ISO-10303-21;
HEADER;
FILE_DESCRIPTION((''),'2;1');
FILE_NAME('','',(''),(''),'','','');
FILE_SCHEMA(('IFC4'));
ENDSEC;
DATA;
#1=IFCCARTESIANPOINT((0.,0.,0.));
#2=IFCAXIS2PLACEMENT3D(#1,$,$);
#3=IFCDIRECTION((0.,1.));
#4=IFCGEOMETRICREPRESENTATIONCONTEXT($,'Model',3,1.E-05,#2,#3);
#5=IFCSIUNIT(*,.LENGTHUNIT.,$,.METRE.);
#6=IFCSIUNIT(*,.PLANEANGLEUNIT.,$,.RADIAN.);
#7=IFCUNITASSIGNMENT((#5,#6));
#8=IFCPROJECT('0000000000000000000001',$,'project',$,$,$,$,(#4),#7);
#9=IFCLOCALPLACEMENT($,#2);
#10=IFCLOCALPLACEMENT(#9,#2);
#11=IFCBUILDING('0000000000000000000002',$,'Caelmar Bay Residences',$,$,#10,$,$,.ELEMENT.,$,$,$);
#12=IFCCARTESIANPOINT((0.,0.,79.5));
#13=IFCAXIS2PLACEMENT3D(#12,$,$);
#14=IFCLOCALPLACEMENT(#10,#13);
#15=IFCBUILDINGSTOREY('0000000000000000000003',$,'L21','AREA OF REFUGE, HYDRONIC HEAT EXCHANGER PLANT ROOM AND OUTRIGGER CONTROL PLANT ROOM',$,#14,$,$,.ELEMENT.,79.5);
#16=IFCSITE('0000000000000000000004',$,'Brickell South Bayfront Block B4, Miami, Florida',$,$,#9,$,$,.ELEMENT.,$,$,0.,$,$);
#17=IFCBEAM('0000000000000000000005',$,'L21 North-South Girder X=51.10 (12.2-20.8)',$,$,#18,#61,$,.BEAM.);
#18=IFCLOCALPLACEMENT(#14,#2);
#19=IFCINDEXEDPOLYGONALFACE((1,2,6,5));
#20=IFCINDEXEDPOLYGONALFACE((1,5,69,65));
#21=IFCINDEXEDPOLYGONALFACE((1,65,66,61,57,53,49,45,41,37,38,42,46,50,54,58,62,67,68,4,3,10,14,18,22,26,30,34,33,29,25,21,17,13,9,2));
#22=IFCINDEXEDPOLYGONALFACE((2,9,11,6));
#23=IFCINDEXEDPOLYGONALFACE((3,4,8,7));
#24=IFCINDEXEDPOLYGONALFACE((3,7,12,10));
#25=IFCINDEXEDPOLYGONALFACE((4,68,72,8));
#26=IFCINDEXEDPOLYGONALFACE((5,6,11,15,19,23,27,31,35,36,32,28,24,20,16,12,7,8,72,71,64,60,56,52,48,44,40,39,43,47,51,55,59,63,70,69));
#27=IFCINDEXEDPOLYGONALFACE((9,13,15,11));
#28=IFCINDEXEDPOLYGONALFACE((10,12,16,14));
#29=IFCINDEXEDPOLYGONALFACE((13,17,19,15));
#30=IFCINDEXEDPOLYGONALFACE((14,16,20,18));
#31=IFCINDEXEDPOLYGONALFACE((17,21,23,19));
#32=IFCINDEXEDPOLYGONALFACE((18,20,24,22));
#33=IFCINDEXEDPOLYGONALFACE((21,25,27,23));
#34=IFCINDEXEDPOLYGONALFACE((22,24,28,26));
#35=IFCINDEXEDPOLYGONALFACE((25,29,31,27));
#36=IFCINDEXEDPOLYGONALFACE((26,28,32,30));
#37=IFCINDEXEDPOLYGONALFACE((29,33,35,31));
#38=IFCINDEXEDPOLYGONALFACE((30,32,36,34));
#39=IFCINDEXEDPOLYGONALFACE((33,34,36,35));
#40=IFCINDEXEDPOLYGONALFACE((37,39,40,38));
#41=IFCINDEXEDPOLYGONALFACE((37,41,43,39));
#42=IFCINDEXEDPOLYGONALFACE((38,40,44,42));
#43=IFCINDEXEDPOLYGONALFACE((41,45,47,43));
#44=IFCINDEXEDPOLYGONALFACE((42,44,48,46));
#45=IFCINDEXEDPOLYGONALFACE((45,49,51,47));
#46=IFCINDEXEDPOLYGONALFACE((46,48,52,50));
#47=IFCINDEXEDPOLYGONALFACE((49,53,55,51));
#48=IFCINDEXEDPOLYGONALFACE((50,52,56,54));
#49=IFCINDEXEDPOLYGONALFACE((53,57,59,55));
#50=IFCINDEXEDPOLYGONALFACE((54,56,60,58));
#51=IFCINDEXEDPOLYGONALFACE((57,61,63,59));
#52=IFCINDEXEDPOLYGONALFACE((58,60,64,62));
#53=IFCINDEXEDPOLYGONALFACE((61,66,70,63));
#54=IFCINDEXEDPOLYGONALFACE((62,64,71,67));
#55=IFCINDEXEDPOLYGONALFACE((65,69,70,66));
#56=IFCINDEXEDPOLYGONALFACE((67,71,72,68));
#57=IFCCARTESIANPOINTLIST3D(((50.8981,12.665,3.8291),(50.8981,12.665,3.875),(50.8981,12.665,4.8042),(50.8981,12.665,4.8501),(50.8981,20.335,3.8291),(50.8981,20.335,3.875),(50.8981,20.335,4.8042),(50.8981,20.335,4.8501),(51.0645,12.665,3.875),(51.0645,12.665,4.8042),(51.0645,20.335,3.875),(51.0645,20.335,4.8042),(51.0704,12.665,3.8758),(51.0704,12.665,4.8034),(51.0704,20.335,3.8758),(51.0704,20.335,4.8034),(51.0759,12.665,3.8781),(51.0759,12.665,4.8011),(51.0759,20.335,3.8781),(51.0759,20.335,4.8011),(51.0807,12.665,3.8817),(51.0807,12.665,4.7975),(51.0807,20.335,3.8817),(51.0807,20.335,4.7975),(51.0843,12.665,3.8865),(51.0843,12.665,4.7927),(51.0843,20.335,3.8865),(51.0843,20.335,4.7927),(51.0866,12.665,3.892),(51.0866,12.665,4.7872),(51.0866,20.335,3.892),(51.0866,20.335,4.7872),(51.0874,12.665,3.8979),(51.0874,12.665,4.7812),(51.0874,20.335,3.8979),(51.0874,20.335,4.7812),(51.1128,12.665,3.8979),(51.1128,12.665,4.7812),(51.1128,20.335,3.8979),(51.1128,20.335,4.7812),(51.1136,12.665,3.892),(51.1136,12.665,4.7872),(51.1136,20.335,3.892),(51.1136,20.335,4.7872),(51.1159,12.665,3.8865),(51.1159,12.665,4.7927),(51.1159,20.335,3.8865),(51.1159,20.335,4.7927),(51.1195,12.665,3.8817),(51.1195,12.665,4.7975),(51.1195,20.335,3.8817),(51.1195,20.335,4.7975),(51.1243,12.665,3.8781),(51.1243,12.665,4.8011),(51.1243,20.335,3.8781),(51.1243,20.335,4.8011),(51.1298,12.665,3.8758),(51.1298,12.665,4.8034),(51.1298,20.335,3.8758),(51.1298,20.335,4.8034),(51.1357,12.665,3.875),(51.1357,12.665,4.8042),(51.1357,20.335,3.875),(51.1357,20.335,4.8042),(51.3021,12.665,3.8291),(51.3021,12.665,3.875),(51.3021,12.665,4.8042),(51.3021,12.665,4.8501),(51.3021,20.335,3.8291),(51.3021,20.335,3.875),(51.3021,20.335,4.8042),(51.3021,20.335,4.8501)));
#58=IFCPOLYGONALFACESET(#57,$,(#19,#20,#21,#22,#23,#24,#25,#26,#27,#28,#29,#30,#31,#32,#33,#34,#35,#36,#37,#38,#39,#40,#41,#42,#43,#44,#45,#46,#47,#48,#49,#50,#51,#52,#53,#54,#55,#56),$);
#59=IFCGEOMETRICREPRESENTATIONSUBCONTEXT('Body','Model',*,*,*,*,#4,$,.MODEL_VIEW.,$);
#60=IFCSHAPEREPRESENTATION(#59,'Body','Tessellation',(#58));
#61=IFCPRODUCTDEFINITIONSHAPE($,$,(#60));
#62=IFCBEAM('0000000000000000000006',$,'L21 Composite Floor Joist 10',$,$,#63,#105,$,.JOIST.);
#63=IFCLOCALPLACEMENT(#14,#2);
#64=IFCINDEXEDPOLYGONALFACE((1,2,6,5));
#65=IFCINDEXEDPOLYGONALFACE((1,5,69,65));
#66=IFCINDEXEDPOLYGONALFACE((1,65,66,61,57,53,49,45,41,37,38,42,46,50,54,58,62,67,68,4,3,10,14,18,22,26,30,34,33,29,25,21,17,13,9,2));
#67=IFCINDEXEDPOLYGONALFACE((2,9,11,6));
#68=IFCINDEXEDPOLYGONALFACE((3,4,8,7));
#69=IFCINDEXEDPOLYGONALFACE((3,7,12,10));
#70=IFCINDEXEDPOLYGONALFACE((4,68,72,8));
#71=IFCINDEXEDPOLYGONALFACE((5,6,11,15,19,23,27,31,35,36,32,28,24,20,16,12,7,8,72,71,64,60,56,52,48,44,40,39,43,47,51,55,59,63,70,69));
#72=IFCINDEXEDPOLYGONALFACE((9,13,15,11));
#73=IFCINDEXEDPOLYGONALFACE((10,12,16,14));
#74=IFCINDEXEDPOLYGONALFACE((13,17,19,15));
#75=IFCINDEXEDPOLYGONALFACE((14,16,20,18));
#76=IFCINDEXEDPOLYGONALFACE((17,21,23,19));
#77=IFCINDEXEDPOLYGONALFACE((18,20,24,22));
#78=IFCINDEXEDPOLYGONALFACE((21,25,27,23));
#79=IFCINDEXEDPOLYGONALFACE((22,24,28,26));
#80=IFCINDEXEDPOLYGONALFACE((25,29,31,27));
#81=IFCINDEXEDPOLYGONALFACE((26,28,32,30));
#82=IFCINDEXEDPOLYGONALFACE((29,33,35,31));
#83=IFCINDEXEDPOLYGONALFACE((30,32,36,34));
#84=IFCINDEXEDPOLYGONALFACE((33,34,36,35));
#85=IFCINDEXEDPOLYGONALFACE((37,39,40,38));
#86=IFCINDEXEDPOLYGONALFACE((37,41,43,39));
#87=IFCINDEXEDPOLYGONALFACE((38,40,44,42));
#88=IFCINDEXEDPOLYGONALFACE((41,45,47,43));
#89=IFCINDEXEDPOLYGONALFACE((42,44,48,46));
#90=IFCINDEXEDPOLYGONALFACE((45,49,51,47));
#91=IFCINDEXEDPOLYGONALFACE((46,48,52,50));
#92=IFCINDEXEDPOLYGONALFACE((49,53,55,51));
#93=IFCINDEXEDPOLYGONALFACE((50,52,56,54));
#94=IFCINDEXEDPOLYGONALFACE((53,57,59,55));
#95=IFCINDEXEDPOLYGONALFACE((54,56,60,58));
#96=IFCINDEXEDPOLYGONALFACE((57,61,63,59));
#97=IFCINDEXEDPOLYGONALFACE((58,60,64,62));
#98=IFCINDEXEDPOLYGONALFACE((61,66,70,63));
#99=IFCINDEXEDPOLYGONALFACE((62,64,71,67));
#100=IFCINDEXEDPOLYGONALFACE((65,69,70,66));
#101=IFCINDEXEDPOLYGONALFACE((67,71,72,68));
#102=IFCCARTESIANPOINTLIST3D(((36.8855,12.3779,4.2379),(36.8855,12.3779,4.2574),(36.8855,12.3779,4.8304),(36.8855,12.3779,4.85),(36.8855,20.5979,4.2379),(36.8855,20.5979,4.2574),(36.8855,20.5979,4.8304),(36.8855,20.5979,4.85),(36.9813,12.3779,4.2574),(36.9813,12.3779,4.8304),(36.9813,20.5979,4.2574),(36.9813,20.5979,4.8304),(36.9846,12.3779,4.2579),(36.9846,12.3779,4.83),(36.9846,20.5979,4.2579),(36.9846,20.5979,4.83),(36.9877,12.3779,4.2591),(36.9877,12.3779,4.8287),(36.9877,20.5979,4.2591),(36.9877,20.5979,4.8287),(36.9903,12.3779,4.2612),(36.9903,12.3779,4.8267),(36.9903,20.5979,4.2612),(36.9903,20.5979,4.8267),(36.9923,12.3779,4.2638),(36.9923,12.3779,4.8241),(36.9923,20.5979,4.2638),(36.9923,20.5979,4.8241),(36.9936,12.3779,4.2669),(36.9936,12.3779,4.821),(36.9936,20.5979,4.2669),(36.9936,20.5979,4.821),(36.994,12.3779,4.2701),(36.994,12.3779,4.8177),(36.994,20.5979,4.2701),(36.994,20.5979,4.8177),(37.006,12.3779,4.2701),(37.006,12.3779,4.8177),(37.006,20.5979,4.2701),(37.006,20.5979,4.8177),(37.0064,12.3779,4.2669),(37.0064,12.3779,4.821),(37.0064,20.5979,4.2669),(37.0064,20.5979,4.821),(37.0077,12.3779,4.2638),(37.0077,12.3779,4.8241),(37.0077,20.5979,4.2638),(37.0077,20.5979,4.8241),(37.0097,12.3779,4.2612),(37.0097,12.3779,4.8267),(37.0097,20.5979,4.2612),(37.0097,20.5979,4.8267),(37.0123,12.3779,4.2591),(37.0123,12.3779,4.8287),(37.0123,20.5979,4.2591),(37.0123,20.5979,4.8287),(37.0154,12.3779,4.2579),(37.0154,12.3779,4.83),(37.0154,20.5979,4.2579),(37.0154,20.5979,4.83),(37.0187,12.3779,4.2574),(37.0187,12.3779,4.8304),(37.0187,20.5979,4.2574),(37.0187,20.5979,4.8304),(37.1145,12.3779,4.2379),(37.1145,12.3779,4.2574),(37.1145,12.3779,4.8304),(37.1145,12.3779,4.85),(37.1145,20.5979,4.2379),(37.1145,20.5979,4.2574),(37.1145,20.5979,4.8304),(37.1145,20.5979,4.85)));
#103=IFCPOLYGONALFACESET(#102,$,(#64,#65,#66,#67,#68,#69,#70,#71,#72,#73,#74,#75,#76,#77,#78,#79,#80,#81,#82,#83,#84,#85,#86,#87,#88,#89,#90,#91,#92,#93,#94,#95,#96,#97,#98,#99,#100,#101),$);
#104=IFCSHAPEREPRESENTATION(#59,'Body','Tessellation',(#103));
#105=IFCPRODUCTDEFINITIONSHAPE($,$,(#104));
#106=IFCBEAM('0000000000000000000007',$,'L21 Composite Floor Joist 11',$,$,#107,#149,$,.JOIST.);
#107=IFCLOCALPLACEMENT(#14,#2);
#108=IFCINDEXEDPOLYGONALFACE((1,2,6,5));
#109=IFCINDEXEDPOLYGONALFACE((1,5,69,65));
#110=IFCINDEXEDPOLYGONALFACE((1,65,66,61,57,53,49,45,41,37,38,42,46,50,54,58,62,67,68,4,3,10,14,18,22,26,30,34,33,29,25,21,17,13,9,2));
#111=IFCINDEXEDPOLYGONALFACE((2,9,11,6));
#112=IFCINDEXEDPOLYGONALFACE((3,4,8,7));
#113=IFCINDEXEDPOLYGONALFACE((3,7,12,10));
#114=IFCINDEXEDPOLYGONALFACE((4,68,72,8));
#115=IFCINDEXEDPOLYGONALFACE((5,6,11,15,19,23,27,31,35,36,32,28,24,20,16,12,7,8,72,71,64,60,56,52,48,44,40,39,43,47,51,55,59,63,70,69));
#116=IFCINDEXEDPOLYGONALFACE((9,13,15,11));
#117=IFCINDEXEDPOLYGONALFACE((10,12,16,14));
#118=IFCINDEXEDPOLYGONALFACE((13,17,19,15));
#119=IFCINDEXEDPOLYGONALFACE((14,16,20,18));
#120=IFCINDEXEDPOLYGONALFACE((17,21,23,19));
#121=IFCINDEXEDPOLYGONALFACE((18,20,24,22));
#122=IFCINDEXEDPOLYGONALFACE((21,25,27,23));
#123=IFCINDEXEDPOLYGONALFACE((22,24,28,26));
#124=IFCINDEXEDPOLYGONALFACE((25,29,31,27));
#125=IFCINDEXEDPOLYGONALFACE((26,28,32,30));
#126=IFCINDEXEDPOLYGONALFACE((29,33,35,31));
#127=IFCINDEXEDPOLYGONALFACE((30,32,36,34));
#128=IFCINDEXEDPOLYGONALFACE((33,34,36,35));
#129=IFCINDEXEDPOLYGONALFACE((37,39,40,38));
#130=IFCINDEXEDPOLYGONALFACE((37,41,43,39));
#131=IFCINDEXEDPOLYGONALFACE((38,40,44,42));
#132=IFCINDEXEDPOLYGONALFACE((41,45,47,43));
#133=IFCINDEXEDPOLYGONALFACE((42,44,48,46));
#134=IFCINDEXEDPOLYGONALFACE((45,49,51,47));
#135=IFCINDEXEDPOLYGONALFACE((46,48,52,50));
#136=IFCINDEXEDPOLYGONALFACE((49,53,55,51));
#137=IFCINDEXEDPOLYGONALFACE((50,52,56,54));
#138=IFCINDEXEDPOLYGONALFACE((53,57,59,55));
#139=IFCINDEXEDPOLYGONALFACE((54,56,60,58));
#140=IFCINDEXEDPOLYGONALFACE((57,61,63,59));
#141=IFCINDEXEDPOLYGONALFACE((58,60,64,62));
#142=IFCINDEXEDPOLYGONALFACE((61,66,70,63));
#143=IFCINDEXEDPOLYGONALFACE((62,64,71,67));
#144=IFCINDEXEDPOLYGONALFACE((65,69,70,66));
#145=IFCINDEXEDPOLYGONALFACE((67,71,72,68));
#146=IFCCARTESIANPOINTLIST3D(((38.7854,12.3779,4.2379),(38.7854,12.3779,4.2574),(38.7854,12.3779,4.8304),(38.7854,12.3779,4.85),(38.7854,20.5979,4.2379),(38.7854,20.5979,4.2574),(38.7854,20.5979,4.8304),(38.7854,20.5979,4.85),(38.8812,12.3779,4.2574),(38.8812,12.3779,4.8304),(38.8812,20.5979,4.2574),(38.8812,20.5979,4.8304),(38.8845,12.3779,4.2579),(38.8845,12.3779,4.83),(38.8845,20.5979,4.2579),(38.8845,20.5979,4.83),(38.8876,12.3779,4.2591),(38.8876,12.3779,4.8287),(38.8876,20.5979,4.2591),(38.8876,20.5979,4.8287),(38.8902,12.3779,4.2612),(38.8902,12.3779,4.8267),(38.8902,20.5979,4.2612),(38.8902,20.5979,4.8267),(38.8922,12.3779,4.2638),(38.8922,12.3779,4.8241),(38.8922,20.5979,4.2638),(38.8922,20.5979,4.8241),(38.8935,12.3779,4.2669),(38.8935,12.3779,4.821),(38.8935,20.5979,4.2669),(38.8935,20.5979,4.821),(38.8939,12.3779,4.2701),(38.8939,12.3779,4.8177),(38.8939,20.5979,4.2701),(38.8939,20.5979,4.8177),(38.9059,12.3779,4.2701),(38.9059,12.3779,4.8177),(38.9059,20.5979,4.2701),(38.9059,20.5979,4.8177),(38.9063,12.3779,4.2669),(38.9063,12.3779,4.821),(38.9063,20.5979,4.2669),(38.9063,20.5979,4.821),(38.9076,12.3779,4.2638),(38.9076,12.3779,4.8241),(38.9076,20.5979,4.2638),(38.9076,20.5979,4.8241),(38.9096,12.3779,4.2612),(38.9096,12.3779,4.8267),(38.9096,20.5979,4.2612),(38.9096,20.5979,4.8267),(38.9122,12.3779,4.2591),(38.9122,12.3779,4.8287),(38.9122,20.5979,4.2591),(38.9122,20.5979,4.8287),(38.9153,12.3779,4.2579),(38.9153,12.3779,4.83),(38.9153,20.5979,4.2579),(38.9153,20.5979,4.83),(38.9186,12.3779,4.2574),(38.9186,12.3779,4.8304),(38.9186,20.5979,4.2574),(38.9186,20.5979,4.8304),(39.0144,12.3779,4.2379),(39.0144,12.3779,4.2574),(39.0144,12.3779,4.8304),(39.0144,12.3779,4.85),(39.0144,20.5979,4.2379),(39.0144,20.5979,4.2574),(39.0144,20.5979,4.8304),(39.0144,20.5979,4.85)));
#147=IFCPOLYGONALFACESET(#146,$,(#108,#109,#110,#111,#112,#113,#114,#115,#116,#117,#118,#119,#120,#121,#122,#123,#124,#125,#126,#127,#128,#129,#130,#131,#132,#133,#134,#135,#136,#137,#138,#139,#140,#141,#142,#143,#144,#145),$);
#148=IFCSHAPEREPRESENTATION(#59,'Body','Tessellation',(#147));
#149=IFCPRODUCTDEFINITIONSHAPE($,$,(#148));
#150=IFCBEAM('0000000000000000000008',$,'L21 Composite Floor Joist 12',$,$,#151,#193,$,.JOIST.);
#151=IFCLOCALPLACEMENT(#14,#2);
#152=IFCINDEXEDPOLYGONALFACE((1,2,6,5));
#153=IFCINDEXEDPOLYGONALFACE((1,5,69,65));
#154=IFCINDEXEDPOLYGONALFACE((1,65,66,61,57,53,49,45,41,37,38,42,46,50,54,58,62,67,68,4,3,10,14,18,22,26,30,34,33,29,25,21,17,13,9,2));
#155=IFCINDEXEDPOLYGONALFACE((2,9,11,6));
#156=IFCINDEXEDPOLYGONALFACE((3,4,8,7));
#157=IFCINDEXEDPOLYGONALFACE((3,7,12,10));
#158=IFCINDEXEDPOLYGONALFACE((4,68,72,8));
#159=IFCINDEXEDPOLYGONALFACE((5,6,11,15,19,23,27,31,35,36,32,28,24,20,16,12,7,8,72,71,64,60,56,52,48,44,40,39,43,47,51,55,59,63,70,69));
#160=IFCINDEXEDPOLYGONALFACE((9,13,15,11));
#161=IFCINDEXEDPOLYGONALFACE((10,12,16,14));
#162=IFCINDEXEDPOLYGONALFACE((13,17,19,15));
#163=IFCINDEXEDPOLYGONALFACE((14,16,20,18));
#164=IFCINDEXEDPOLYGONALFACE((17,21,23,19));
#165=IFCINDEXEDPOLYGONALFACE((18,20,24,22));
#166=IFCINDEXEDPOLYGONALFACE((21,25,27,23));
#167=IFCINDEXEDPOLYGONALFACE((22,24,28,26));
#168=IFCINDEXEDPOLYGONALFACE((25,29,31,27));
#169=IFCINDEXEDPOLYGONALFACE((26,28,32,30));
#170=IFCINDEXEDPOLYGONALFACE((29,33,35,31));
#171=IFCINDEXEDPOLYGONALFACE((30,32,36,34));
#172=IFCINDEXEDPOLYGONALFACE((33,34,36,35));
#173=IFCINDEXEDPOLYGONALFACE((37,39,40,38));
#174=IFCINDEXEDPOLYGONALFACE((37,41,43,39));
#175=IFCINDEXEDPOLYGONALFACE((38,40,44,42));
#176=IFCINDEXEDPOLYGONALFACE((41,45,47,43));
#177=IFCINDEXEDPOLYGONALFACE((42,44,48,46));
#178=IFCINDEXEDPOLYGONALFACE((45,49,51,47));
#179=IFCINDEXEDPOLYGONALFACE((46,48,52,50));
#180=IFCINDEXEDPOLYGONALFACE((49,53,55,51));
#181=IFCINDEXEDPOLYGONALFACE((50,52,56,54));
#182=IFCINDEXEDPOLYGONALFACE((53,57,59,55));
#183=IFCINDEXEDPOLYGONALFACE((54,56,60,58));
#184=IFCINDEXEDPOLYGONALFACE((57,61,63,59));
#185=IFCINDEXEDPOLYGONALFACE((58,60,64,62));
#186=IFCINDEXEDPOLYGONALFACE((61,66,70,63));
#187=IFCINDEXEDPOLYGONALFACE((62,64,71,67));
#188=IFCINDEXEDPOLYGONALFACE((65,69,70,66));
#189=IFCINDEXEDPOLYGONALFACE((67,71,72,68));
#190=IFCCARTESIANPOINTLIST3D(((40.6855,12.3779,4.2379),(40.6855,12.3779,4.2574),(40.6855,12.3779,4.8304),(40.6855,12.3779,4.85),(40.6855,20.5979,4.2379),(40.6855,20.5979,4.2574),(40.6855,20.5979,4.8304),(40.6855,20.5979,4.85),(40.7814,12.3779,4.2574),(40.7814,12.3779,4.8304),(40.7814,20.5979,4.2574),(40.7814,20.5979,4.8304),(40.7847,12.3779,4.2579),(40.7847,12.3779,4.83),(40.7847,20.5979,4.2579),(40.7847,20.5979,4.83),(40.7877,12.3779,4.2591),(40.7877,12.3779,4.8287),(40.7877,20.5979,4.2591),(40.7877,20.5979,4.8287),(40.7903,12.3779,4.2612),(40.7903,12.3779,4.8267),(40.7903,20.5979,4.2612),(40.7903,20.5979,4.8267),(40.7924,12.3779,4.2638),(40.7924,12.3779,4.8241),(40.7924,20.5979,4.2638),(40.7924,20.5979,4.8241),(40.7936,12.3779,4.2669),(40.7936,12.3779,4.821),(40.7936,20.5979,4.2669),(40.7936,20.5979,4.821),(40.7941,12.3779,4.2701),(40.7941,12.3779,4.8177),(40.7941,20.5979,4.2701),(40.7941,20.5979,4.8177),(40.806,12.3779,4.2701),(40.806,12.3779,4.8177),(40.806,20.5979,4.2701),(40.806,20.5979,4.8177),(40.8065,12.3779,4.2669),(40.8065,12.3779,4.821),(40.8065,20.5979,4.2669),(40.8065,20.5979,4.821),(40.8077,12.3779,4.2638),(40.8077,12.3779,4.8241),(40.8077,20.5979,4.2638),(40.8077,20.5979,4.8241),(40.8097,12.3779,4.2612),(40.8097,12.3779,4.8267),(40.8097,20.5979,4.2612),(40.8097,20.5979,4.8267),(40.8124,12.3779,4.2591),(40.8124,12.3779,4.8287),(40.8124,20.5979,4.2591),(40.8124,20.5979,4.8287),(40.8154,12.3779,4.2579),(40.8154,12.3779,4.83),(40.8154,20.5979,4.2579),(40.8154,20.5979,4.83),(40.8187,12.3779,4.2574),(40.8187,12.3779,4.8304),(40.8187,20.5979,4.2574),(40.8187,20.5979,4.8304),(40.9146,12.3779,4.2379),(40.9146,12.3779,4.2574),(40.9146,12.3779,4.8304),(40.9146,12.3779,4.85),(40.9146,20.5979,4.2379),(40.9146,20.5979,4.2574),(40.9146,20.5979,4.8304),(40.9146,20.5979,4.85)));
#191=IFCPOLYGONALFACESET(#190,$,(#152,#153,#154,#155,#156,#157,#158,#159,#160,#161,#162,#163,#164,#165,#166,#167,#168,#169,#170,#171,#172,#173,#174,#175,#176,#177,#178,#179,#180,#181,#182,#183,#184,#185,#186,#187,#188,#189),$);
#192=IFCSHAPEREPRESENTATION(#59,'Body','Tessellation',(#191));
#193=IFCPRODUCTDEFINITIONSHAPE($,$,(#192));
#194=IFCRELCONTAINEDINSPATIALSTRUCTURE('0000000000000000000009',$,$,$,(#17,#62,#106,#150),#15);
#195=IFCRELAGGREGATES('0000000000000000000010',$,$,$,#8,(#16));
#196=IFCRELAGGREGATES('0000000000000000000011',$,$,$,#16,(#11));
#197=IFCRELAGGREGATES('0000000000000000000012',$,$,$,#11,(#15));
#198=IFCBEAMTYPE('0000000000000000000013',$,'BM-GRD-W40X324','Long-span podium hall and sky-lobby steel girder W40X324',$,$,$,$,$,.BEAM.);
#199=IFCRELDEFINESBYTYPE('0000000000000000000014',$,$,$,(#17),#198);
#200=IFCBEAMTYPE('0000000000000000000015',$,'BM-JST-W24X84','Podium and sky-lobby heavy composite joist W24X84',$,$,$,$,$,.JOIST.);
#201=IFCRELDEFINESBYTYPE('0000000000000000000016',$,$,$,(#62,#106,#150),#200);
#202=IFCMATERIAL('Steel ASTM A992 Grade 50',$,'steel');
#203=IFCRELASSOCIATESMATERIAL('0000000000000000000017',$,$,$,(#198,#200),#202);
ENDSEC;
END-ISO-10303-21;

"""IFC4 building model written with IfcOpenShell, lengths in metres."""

from ifc_helpers import new_model, si_unit, direction, frame, origin, origin_2d, place, context, subcontext, project, spatial, i_section, extrude, material, material_profile, profile_set, type_object, element, save


model = new_model("IFC4")

# Units and contexts
model_context = context("Model", 3, precision=1e-05, world=origin(), true_north=direction((0.0, 1.0)))
body_context = subcontext(model_context, "Body", "Model", "MODEL_VIEW")
ifc_project = project(units=[si_unit("LENGTHUNIT", "METRE"), si_unit("PLANEANGLEUNIT", "RADIAN")], contexts=[model_context])

# Site, building, storey
site_placement = place(None, origin())
site = spatial("IfcSite", under=ifc_project, at=site_placement, Name="Brickell South Bayfront Block B4, Miami, Florida", CompositionType="ELEMENT", RefElevation=0.0)
building_placement = place(site_placement, origin())
building = spatial("IfcBuilding", under=site, at=building_placement, Name="Caelmar Bay Residences", CompositionType="ELEMENT")
storey_placement = place(building_placement, frame((0.0, 0.0, 79.5)))
storey = spatial("IfcBuildingStorey", under=building, at=storey_placement, Name="L21", Description="AREA OF REFUGE, HYDRONIC HEAT EXCHANGER PLANT ROOM AND OUTRIGGER CONTROL PLANT ROOM", CompositionType="ELEMENT", Elevation=79.5)

# Beams
ifc_material_1 = material(Name="Steel ASTM A992 Grade 50", Category="steel")
ifc_material_profile_1 = material_profile(ifc_material_1, i_section(OverallWidth=0.4041, OverallDepth=1.021, WebThickness=0.0254, FlangeThickness=0.0459, FilletRadius=0.0229, at=origin_2d()), Name="W40X324")
ifc_profile_set_1 = profile_set([ifc_material_profile_1], Name="Steel ASTM A992 Grade 50")
beam_type_1 = type_object("IfcBeamType", Name="BM-GRD-W40X324", Description="Long-span podium hall and sky-lobby steel girder W40X324", PredefinedType="BEAM", material=ifc_profile_set_1)
for number, where, z_axis, x_axis, name in (
    (1, (51.1001, 12.665, 4.3396), (0.0, 1.0, 0.0), (-1.0, 0.0, 0.0), "L21 North-South Girder X=51.10 (12.2-20.8)"),
):
    element("IfcBeam", number, at=place(storey_placement, frame(where, z_axis=z_axis, x_axis=x_axis)), inside=storey, type_object=beam_type_1, Name=name, PredefinedType="BEAM", context=body_context, shape_type="SweptSolid", body=[
        extrude(i_section(OverallWidth=0.4041, OverallDepth=1.021, WebThickness=0.0254, FlangeThickness=0.0459, FilletRadius=0.0229, at=origin_2d()), origin(), (0.0, 0.0, 1.0), 7.6699),
    ])
ifc_material_profile_2 = material_profile(ifc_material_1, i_section(OverallWidth=0.229, OverallDepth=0.6121, WebThickness=0.012, FlangeThickness=0.0195, FilletRadius=0.0127, at=origin_2d()), Name="W24X84")
ifc_profile_set_2 = profile_set([ifc_material_profile_2], Name="Steel ASTM A992 Grade 50")
beam_type_2 = type_object("IfcBeamType", Name="BM-JST-W24X84", Description="Podium and sky-lobby heavy composite joist W24X84", PredefinedType="JOIST", material=ifc_profile_set_2)
for number, where, z_axis, x_axis, name in (
    (2, (37.0, 12.3779, 4.5439), (0.0, 1.0, 0.0), (-1.0, 0.0, 0.0), "L21 Composite Floor Joist 10"),
    (3, (38.8999, 12.3779, 4.5439), (0.0, 1.0, 0.0), (-1.0, 0.0, 0.0), "L21 Composite Floor Joist 11"),
    (4, (40.8, 12.3779, 4.5439), (0.0, 1.0, 0.0), (-1.0, 0.0, 0.0), "L21 Composite Floor Joist 12"),
):
    element("IfcBeam", number, at=place(storey_placement, frame(where, z_axis=z_axis, x_axis=x_axis)), inside=storey, type_object=beam_type_2, Name=name, PredefinedType="JOIST", context=body_context, shape_type="SweptSolid", body=[
        extrude(i_section(OverallWidth=0.229, OverallDepth=0.6121, WebThickness=0.012, FlangeThickness=0.0195, FilletRadius=0.0127, at=origin_2d()), origin(), (0.0, 0.0, 1.0), 8.22),
    ])

save(model, "model.ifc")
